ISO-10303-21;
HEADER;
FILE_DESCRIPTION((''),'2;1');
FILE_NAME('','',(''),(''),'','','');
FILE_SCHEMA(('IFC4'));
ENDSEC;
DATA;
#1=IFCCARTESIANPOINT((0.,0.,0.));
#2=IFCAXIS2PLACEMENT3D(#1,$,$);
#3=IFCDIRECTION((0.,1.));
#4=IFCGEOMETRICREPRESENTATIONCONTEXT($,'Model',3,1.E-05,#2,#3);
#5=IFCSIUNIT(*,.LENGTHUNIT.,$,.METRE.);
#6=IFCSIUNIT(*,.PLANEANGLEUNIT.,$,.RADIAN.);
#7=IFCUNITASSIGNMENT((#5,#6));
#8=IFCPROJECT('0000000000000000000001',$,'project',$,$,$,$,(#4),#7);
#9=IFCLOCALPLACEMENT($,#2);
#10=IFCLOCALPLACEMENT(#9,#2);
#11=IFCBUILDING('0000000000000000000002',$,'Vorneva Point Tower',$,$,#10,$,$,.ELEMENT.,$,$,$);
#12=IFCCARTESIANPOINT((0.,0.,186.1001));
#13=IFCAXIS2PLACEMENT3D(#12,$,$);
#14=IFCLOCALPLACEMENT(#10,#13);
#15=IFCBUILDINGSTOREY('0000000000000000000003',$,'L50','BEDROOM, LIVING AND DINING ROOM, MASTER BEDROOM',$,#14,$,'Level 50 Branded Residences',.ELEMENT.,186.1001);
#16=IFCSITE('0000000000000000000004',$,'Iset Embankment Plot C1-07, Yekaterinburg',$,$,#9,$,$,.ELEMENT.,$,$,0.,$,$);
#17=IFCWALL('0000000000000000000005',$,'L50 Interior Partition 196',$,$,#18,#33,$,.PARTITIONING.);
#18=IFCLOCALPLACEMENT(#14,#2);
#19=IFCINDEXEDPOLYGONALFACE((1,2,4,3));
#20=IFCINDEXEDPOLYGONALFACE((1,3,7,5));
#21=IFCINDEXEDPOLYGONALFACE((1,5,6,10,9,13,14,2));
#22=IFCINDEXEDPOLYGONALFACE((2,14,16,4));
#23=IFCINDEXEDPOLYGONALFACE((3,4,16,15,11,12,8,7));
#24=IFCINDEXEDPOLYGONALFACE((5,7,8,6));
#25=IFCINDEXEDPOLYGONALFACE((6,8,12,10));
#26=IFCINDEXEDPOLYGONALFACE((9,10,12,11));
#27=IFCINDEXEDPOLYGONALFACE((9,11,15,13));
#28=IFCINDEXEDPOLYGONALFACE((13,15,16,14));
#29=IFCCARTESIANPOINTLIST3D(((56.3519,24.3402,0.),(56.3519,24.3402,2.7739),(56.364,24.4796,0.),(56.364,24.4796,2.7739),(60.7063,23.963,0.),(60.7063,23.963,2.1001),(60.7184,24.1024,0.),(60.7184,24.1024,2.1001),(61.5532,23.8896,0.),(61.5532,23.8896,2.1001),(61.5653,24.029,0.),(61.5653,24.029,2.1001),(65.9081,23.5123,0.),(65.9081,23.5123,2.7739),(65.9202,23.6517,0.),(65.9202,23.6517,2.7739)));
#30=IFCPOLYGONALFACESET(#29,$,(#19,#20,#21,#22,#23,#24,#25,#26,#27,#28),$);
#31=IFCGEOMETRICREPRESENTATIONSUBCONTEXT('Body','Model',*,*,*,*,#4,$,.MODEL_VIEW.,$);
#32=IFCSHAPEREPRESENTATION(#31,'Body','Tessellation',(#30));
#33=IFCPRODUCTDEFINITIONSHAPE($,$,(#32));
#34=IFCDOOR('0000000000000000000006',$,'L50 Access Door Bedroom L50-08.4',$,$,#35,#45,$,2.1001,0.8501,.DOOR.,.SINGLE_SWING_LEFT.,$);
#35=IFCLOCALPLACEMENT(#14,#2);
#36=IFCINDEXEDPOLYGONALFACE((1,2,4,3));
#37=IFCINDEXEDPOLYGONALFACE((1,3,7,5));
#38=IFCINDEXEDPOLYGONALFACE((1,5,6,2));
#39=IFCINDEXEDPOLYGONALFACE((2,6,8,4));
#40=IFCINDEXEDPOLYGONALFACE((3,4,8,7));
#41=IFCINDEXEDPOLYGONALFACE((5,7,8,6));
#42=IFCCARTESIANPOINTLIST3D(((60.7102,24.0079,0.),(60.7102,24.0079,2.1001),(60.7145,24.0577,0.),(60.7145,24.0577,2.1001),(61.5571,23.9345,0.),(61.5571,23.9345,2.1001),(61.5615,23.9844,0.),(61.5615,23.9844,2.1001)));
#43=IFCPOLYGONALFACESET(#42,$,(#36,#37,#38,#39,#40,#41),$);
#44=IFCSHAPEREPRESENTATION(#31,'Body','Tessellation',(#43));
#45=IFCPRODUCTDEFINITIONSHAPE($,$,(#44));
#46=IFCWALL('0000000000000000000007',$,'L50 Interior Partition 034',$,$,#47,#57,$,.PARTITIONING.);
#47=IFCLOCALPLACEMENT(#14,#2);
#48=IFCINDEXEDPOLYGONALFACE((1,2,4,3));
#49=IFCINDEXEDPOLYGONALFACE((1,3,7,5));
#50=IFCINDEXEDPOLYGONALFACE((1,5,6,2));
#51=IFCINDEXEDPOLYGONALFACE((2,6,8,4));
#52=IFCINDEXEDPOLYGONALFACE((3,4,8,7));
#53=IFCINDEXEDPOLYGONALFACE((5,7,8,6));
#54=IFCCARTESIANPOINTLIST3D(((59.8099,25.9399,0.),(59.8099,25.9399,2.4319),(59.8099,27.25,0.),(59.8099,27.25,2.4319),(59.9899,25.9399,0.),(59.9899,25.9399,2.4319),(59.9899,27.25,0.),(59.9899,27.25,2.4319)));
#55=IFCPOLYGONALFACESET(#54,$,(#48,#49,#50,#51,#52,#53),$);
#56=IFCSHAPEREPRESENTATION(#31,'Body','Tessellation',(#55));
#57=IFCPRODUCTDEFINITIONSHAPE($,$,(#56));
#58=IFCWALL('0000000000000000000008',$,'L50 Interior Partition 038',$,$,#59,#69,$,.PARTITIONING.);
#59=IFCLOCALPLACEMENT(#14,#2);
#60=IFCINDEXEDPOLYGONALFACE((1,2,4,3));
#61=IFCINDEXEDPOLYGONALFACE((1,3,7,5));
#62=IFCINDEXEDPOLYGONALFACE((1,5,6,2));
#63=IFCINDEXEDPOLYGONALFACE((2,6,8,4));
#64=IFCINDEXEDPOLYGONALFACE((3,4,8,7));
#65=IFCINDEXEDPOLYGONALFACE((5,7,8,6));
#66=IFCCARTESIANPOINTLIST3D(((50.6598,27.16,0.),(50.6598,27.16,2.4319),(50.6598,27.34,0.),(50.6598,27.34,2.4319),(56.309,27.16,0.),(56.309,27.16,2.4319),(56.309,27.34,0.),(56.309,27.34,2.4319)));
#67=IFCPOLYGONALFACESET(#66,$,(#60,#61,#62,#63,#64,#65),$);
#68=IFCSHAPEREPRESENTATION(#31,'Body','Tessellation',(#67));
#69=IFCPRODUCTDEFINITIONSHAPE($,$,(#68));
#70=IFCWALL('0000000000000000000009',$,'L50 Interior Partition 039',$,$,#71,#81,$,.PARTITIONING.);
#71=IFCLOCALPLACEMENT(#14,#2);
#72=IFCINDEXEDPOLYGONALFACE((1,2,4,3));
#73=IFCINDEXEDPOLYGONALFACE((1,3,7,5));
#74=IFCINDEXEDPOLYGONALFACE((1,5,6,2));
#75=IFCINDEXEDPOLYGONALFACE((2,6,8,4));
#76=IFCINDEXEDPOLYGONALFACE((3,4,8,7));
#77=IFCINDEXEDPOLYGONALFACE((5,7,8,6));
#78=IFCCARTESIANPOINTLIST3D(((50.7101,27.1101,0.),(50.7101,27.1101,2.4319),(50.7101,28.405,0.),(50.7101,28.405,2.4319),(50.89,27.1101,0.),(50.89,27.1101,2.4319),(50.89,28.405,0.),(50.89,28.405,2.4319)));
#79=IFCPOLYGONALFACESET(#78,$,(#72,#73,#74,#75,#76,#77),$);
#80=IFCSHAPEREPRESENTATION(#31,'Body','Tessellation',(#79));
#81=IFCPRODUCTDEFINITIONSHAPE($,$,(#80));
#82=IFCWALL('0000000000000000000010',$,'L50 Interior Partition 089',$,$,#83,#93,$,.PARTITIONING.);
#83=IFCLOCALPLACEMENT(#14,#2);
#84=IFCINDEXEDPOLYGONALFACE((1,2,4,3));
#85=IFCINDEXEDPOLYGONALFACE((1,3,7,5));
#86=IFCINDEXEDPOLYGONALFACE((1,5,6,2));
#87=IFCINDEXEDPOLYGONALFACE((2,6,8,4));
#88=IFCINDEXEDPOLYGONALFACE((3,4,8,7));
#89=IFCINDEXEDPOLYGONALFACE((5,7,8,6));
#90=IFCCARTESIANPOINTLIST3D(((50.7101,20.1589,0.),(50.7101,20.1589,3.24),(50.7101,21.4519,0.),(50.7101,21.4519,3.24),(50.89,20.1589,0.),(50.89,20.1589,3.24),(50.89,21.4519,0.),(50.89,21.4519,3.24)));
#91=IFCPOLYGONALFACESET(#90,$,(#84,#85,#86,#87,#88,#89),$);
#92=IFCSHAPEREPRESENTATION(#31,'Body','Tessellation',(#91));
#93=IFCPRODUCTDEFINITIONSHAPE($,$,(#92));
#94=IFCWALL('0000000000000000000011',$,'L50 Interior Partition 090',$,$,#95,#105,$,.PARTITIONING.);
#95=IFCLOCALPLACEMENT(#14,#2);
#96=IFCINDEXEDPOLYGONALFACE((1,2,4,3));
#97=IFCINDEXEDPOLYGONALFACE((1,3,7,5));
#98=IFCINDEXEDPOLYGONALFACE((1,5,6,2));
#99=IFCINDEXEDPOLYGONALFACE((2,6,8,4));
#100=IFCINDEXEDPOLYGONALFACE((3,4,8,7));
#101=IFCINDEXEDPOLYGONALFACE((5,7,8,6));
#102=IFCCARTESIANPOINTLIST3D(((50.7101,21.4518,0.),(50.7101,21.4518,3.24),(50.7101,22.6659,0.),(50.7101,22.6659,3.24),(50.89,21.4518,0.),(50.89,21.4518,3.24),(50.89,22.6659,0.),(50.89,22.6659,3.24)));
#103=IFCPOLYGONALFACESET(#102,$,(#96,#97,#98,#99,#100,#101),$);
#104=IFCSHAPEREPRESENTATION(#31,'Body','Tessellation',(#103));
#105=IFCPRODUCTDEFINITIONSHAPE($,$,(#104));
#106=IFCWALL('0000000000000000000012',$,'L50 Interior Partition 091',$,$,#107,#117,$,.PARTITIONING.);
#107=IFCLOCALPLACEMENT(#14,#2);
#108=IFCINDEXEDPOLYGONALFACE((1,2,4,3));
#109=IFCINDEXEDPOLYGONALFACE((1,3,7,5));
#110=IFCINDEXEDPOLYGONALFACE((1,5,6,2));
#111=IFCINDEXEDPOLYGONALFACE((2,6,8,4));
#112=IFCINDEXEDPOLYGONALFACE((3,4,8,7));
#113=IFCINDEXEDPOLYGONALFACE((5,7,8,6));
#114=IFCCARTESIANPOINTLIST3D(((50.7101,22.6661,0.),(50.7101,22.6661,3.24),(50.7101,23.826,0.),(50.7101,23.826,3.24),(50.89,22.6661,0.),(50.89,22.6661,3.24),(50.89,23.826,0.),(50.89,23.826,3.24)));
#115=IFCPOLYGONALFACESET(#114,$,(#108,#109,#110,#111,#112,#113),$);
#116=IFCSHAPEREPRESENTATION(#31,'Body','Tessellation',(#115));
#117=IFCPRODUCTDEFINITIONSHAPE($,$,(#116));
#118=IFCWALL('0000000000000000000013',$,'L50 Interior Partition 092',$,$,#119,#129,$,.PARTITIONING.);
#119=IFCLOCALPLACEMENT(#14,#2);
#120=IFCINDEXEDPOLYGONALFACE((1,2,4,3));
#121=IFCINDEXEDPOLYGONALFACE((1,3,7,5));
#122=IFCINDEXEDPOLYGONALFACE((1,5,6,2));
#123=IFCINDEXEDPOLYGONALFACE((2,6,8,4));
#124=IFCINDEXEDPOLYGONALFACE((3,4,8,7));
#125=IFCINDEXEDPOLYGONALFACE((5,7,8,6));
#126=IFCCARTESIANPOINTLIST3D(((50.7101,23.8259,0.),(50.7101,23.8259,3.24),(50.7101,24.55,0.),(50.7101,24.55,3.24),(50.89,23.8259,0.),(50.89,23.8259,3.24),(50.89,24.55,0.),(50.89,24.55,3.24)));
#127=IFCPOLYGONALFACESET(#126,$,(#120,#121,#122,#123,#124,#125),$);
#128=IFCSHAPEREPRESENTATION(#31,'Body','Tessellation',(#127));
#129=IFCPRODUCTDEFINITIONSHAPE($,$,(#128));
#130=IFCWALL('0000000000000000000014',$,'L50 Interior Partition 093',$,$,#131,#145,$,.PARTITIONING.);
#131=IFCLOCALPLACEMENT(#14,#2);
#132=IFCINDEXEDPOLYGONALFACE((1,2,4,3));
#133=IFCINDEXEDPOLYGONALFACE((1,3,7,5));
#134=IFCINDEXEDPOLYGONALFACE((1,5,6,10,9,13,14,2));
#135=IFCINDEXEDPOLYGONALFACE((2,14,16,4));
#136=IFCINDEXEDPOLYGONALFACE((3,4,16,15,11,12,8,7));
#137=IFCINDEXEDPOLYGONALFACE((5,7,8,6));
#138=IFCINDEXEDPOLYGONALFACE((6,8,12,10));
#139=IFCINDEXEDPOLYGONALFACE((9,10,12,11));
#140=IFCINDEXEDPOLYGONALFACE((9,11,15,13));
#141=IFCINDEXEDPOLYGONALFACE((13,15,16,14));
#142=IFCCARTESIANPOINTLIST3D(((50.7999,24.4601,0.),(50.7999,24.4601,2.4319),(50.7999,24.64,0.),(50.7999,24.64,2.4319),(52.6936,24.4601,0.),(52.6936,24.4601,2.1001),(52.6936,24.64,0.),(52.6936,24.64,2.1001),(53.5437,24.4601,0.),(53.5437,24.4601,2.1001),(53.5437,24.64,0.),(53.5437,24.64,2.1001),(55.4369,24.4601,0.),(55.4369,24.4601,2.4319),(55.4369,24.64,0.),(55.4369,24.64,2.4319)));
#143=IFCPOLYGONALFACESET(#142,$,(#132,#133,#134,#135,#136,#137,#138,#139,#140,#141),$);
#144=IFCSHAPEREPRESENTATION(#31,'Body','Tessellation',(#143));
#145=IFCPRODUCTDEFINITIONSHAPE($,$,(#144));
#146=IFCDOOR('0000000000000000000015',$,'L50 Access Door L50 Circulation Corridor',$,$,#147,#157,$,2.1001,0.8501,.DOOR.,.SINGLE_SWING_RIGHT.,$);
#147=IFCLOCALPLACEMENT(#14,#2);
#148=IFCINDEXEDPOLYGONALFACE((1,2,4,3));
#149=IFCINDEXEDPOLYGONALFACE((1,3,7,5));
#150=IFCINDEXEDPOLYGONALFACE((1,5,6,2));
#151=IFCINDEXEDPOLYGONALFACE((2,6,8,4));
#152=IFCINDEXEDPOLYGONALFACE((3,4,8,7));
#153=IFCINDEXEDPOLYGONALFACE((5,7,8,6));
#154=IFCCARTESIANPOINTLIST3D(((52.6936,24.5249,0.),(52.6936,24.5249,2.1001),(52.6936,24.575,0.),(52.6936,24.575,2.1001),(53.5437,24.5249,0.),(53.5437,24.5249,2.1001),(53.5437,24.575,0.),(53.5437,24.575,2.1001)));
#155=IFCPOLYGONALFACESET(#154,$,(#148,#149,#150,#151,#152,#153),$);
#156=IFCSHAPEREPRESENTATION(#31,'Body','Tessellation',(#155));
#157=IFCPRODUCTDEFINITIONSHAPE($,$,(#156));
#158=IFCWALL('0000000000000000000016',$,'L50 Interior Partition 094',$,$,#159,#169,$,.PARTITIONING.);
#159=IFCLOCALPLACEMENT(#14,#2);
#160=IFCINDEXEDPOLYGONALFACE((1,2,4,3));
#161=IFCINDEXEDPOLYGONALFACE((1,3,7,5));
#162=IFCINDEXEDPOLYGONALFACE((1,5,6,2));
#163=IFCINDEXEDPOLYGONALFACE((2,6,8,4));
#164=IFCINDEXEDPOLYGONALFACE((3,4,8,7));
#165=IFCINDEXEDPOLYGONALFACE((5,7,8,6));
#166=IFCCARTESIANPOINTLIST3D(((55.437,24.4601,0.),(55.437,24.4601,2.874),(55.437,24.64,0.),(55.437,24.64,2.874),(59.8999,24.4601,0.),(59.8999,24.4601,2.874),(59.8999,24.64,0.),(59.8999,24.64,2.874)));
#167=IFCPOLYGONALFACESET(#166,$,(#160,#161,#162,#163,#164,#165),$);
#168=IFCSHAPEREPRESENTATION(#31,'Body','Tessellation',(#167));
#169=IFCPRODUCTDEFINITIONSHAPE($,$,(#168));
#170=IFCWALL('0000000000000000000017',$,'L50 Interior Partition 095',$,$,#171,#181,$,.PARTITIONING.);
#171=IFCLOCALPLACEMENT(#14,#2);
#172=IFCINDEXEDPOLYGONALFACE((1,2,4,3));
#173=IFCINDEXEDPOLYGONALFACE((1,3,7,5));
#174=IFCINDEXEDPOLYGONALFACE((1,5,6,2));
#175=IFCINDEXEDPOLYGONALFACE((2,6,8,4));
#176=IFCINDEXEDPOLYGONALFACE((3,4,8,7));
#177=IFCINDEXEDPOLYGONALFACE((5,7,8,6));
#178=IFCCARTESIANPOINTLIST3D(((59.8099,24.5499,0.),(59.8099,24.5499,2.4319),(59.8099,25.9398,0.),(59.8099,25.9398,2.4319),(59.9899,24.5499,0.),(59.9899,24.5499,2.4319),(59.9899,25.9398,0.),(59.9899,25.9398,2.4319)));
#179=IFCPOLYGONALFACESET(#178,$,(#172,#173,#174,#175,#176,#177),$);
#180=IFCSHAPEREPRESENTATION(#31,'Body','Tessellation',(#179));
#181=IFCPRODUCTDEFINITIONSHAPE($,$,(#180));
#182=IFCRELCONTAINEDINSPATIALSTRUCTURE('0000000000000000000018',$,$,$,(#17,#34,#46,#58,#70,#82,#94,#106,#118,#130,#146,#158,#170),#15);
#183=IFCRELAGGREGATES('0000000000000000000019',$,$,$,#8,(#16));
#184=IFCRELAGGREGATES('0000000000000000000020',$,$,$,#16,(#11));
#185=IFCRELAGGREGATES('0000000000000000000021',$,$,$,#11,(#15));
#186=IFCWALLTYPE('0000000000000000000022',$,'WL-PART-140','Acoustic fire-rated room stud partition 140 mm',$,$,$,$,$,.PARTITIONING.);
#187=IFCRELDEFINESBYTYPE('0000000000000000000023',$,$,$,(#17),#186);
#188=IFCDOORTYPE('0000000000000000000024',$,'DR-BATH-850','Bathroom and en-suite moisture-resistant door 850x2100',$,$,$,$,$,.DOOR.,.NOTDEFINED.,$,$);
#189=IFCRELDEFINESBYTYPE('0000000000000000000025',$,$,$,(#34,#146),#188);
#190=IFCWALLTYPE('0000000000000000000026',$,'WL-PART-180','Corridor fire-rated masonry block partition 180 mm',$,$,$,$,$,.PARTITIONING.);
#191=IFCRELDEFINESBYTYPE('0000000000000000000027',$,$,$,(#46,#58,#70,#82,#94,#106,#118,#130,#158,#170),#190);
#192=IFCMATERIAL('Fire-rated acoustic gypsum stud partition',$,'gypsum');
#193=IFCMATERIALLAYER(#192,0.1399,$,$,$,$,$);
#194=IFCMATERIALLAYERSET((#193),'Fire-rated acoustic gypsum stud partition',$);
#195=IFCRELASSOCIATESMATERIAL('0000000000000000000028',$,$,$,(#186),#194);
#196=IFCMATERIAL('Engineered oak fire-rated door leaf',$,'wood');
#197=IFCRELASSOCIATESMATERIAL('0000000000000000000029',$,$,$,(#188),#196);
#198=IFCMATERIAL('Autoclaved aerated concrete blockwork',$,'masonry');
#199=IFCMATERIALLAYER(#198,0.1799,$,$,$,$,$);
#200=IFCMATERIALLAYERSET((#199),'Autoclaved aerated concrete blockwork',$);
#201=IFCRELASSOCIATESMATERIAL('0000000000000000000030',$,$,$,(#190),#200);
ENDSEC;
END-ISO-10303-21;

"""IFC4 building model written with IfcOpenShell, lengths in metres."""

from ifc_helpers import new_model, si_unit, direction, frame, frame_2d, origin, place, context, subcontext, project, spatial, rectangle, extrude, material, layer, layer_set, type_object, element, fill, save


model = new_model("IFC4")

# Units and contexts
model_context = context("Model", 3, precision=1e-05, world=origin(), true_north=direction((0.0, 1.0)))
body_context = subcontext(model_context, "Body", "Model", "MODEL_VIEW")
ifc_project = project(units=[si_unit("LENGTHUNIT", "METRE"), si_unit("PLANEANGLEUNIT", "RADIAN")], contexts=[model_context])

# Site, building, storey
site_placement = place(None, origin())
site = spatial("IfcSite", under=ifc_project, at=site_placement, Name="Iset Embankment Plot C1-07, Yekaterinburg", CompositionType="ELEMENT", RefElevation=0.0)
building_placement = place(site_placement, origin())
building = spatial("IfcBuilding", under=site, at=building_placement, Name="Vorneva Point Tower", CompositionType="ELEMENT")
storey_placement = place(building_placement, frame((0.0, 0.0, 186.1001)))
storey = spatial("IfcBuildingStorey", under=building, at=storey_placement, Name="L50", Description="BEDROOM, LIVING AND DINING ROOM, MASTER BEDROOM", LongName="Level 50 Branded Residences", CompositionType="ELEMENT", Elevation=186.1001)

# Shared definitions
ifc_material_1 = material(Name="Fire-rated acoustic gypsum stud partition", Category="gypsum")
ifc_layer_1 = layer(ifc_material_1, 0.1399)
ifc_layer_set_1 = layer_set([ifc_layer_1], Name="Fire-rated acoustic gypsum stud partition")
wall_type_1 = type_object("IfcWallType", Name="WL-PART-140", Description="Acoustic fire-rated room stud partition 140 mm", PredefinedType="PARTITIONING", material=ifc_layer_set_1)
ifc_material_2 = material(Name="Engineered oak fire-rated door leaf", Category="wood")
door_type_1 = type_object("IfcDoorType", Name="DR-BATH-850", Description="Bathroom and en-suite moisture-resistant door 850x2100", OperationType="NOTDEFINED", PredefinedType="DOOR", material=ifc_material_2)

# Wall, opening, door
wall_1_placement = place(storey_placement, frame((65.9141, 23.582, 0.0), z_axis=(0.0, 0.0, 1.0), x_axis=(-0.996268, 0.08631, 0.0)))
wall_1 = element("IfcWall", 1, at=wall_1_placement, inside=storey, type_object=wall_type_1, Name="L50 Interior Partition 196", PredefinedType="PARTITIONING", context=body_context, shape_type="SweptSolid", body=[
    extrude(rectangle(XDim=9.592, YDim=0.1399, at=frame_2d((4.7959, 0.0))), origin(), (0.0, 0.0, 1.0), 2.7739),
])
opening_1_placement = place(wall_1_placement, frame((4.3711, 0.0, 0.0)))
opening_1 = element("IfcOpeningElement", 2, at=opening_1_placement, cuts=wall_1, PredefinedType="OPENING", context=body_context, shape_type="SweptSolid", body=[
    extrude(rectangle(XDim=0.8501, YDim=2.1001, at=frame_2d((0.425, 1.05))), frame((0.0, 0.085, 0.0), z_axis=(0.0, -1.0, 0.0), x_axis=(1.0, 0.0, 0.0)), (0.0, 0.0, 1.0), 0.1697),
])
door_1_placement = place(opening_1_placement, origin())
door_1 = element("IfcDoor", 3, at=door_1_placement, inside=storey, type_object=door_type_1, Name="L50 Access Door Bedroom L50-08.4", OperationType="SINGLE_SWING_LEFT", OverallHeight=2.1001, OverallWidth=0.8501, PredefinedType="DOOR", context=body_context, shape_type="SweptSolid", body=[
    extrude(rectangle(XDim=0.8501, YDim=2.1001, at=frame_2d((0.425, 1.05))), frame((0.0, 0.0249, 0.0), z_axis=(0.0, -1.0, 0.0), x_axis=(1.0, 0.0, 0.0)), (0.0, 0.0, 1.0), 0.05),
])
fill(opening_1, door_1)

# Walls
ifc_material_3 = material(Name="Autoclaved aerated concrete blockwork", Category="masonry")
ifc_layer_2 = layer(ifc_material_3, 0.1799)
ifc_layer_set_2 = layer_set([ifc_layer_2], Name="Autoclaved aerated concrete blockwork")
wall_type_2 = type_object("IfcWallType", Name="WL-PART-180", Description="Corridor fire-rated masonry block partition 180 mm", PredefinedType="PARTITIONING", material=ifc_layer_set_2)
wall_2_placement = place(storey_placement, frame((59.8999, 25.9399, 0.0), z_axis=(0.0, 0.0, 1.0), x_axis=(0.0, 1.0, 0.0)))
element("IfcWall", 4, at=wall_2_placement, inside=storey, type_object=wall_type_2, Name="L50 Interior Partition 034", PredefinedType="PARTITIONING", context=body_context, shape_type="SweptSolid", body=[
    extrude(rectangle(XDim=1.3101, YDim=0.1799, at=frame_2d((0.655, 0.0))), origin(), (0.0, 0.0, 1.0), 2.4319),
])
wall_3_placement = place(storey_placement, frame((56.3091, 27.25, 0.0), z_axis=(0.0, 0.0, 1.0), x_axis=(-1.0, 0.0, 0.0)))
element("IfcWall", 5, at=wall_3_placement, inside=storey, type_object=wall_type_2, Name="L50 Interior Partition 038", PredefinedType="PARTITIONING", context=body_context, shape_type="SweptSolid", body=[
    extrude(rectangle(XDim=5.6492, YDim=0.1799, at=frame_2d((2.8247, 0.0))), origin(), (0.0, 0.0, 1.0), 2.4319),
])
wall_4_placement = place(storey_placement, frame((50.8, 27.1101, 0.0), z_axis=(0.0, 0.0, 1.0), x_axis=(0.0, 1.0, 0.0)))
element("IfcWall", 6, at=wall_4_placement, inside=storey, type_object=wall_type_2, Name="L50 Interior Partition 039", PredefinedType="PARTITIONING", context=body_context, shape_type="SweptSolid", body=[
    extrude(rectangle(XDim=1.2949, YDim=0.1799, at=frame_2d((0.6475, 0.0))), origin(), (0.0, 0.0, 1.0), 2.4319),
])
wall_5_placement = place(storey_placement, frame((50.8, 20.1589, 0.0), z_axis=(0.0, 0.0, 1.0), x_axis=(0.0, 1.0, 0.0)))
element("IfcWall", 7, at=wall_5_placement, inside=storey, type_object=wall_type_2, Name="L50 Interior Partition 089", PredefinedType="PARTITIONING", context=body_context, shape_type="SweptSolid", body=[
    extrude(rectangle(XDim=1.293, YDim=0.1799, at=frame_2d((0.6465, 0.0))), origin(), (0.0, 0.0, 1.0), 3.24),
])
wall_6_placement = place(storey_placement, frame((50.8, 21.4519, 0.0), z_axis=(0.0, 0.0, 1.0), x_axis=(0.0, 1.0, 0.0)))
element("IfcWall", 8, at=wall_6_placement, inside=storey, type_object=wall_type_2, Name="L50 Interior Partition 090", PredefinedType="PARTITIONING", context=body_context, shape_type="SweptSolid", body=[
    extrude(rectangle(XDim=1.2141, YDim=0.1799, at=frame_2d((0.6069, 0.0))), origin(), (0.0, 0.0, 1.0), 3.24),
])
wall_7_placement = place(storey_placement, frame((50.8, 22.666, 0.0), z_axis=(0.0, 0.0, 1.0), x_axis=(0.0, 1.0, 0.0)))
element("IfcWall", 9, at=wall_7_placement, inside=storey, type_object=wall_type_2, Name="L50 Interior Partition 091", PredefinedType="PARTITIONING", context=body_context, shape_type="SweptSolid", body=[
    extrude(rectangle(XDim=1.1599, YDim=0.1799, at=frame_2d((0.5801, 0.0))), origin(), (0.0, 0.0, 1.0), 3.24),
])
wall_8_placement = place(storey_placement, frame((50.8, 23.8259, 0.0), z_axis=(0.0, 0.0, 1.0), x_axis=(0.0, 1.0, 0.0)))
element("IfcWall", 10, at=wall_8_placement, inside=storey, type_object=wall_type_2, Name="L50 Interior Partition 092", PredefinedType="PARTITIONING", context=body_context, shape_type="SweptSolid", body=[
    extrude(rectangle(XDim=0.7241, YDim=0.1799, at=frame_2d((0.3621, 0.0))), origin(), (0.0, 0.0, 1.0), 3.24),
])

# Wall, opening, door
wall_9_placement = place(storey_placement, frame((50.8, 24.55, 0.0), z_axis=(0.0, 0.0, 1.0), x_axis=(1.0, 0.0, 0.0)))
wall_9 = element("IfcWall", 11, at=wall_9_placement, inside=storey, type_object=wall_type_2, Name="L50 Interior Partition 093", PredefinedType="PARTITIONING", context=body_context, shape_type="SweptSolid", body=[
    extrude(rectangle(XDim=4.637, YDim=0.1799, at=frame_2d((2.3184, 0.0))), origin(), (0.0, 0.0, 1.0), 2.4319),
])
opening_2_placement = place(wall_9_placement, frame((1.8936, 0.0, 0.0)))
opening_2 = element("IfcOpeningElement", 12, at=opening_2_placement, cuts=wall_9, PredefinedType="OPENING", context=body_context, shape_type="SweptSolid", body=[
    extrude(rectangle(XDim=0.8501, YDim=2.1001, at=frame_2d((0.425, 1.05))), frame((0.0, 0.105, 0.0), z_axis=(0.0, -1.0, 0.0), x_axis=(1.0, 0.0, 0.0)), (0.0, 0.0, 1.0), 0.2097),
])
door_2_placement = place(opening_2_placement, origin())
door_2 = element("IfcDoor", 13, at=door_2_placement, inside=storey, type_object=door_type_1, Name="L50 Access Door L50 Circulation Corridor", OperationType="SINGLE_SWING_RIGHT", OverallHeight=2.1001, OverallWidth=0.8501, PredefinedType="DOOR", context=body_context, shape_type="SweptSolid", body=[
    extrude(rectangle(XDim=0.8501, YDim=2.1001, at=frame_2d((0.425, 1.05))), frame((0.0, 0.0249, 0.0), z_axis=(0.0, -1.0, 0.0), x_axis=(1.0, 0.0, 0.0)), (0.0, 0.0, 1.0), 0.05),
])
fill(opening_2, door_2)

# Walls
wall_10_placement = place(storey_placement, frame((55.437, 24.55, 0.0), z_axis=(0.0, 0.0, 1.0), x_axis=(1.0, 0.0, 0.0)))
element("IfcWall", 14, at=wall_10_placement, inside=storey, type_object=wall_type_2, Name="L50 Interior Partition 094", PredefinedType="PARTITIONING", context=body_context, shape_type="SweptSolid", body=[
    extrude(rectangle(XDim=4.4629, YDim=0.1799, at=frame_2d((2.2314, 0.0))), origin(), (0.0, 0.0, 1.0), 2.874),
])
wall_11_placement = place(storey_placement, frame((59.8999, 24.55, 0.0), z_axis=(0.0, 0.0, 1.0), x_axis=(0.0, 1.0, 0.0)))
element("IfcWall", 15, at=wall_11_placement, inside=storey, type_object=wall_type_2, Name="L50 Interior Partition 095", PredefinedType="PARTITIONING", context=body_context, shape_type="SweptSolid", body=[
    extrude(rectangle(XDim=1.3899, YDim=0.1799, at=frame_2d((0.6948, 0.0))), origin(), (0.0, 0.0, 1.0), 2.4319),
])

save(model, "model.ifc")
